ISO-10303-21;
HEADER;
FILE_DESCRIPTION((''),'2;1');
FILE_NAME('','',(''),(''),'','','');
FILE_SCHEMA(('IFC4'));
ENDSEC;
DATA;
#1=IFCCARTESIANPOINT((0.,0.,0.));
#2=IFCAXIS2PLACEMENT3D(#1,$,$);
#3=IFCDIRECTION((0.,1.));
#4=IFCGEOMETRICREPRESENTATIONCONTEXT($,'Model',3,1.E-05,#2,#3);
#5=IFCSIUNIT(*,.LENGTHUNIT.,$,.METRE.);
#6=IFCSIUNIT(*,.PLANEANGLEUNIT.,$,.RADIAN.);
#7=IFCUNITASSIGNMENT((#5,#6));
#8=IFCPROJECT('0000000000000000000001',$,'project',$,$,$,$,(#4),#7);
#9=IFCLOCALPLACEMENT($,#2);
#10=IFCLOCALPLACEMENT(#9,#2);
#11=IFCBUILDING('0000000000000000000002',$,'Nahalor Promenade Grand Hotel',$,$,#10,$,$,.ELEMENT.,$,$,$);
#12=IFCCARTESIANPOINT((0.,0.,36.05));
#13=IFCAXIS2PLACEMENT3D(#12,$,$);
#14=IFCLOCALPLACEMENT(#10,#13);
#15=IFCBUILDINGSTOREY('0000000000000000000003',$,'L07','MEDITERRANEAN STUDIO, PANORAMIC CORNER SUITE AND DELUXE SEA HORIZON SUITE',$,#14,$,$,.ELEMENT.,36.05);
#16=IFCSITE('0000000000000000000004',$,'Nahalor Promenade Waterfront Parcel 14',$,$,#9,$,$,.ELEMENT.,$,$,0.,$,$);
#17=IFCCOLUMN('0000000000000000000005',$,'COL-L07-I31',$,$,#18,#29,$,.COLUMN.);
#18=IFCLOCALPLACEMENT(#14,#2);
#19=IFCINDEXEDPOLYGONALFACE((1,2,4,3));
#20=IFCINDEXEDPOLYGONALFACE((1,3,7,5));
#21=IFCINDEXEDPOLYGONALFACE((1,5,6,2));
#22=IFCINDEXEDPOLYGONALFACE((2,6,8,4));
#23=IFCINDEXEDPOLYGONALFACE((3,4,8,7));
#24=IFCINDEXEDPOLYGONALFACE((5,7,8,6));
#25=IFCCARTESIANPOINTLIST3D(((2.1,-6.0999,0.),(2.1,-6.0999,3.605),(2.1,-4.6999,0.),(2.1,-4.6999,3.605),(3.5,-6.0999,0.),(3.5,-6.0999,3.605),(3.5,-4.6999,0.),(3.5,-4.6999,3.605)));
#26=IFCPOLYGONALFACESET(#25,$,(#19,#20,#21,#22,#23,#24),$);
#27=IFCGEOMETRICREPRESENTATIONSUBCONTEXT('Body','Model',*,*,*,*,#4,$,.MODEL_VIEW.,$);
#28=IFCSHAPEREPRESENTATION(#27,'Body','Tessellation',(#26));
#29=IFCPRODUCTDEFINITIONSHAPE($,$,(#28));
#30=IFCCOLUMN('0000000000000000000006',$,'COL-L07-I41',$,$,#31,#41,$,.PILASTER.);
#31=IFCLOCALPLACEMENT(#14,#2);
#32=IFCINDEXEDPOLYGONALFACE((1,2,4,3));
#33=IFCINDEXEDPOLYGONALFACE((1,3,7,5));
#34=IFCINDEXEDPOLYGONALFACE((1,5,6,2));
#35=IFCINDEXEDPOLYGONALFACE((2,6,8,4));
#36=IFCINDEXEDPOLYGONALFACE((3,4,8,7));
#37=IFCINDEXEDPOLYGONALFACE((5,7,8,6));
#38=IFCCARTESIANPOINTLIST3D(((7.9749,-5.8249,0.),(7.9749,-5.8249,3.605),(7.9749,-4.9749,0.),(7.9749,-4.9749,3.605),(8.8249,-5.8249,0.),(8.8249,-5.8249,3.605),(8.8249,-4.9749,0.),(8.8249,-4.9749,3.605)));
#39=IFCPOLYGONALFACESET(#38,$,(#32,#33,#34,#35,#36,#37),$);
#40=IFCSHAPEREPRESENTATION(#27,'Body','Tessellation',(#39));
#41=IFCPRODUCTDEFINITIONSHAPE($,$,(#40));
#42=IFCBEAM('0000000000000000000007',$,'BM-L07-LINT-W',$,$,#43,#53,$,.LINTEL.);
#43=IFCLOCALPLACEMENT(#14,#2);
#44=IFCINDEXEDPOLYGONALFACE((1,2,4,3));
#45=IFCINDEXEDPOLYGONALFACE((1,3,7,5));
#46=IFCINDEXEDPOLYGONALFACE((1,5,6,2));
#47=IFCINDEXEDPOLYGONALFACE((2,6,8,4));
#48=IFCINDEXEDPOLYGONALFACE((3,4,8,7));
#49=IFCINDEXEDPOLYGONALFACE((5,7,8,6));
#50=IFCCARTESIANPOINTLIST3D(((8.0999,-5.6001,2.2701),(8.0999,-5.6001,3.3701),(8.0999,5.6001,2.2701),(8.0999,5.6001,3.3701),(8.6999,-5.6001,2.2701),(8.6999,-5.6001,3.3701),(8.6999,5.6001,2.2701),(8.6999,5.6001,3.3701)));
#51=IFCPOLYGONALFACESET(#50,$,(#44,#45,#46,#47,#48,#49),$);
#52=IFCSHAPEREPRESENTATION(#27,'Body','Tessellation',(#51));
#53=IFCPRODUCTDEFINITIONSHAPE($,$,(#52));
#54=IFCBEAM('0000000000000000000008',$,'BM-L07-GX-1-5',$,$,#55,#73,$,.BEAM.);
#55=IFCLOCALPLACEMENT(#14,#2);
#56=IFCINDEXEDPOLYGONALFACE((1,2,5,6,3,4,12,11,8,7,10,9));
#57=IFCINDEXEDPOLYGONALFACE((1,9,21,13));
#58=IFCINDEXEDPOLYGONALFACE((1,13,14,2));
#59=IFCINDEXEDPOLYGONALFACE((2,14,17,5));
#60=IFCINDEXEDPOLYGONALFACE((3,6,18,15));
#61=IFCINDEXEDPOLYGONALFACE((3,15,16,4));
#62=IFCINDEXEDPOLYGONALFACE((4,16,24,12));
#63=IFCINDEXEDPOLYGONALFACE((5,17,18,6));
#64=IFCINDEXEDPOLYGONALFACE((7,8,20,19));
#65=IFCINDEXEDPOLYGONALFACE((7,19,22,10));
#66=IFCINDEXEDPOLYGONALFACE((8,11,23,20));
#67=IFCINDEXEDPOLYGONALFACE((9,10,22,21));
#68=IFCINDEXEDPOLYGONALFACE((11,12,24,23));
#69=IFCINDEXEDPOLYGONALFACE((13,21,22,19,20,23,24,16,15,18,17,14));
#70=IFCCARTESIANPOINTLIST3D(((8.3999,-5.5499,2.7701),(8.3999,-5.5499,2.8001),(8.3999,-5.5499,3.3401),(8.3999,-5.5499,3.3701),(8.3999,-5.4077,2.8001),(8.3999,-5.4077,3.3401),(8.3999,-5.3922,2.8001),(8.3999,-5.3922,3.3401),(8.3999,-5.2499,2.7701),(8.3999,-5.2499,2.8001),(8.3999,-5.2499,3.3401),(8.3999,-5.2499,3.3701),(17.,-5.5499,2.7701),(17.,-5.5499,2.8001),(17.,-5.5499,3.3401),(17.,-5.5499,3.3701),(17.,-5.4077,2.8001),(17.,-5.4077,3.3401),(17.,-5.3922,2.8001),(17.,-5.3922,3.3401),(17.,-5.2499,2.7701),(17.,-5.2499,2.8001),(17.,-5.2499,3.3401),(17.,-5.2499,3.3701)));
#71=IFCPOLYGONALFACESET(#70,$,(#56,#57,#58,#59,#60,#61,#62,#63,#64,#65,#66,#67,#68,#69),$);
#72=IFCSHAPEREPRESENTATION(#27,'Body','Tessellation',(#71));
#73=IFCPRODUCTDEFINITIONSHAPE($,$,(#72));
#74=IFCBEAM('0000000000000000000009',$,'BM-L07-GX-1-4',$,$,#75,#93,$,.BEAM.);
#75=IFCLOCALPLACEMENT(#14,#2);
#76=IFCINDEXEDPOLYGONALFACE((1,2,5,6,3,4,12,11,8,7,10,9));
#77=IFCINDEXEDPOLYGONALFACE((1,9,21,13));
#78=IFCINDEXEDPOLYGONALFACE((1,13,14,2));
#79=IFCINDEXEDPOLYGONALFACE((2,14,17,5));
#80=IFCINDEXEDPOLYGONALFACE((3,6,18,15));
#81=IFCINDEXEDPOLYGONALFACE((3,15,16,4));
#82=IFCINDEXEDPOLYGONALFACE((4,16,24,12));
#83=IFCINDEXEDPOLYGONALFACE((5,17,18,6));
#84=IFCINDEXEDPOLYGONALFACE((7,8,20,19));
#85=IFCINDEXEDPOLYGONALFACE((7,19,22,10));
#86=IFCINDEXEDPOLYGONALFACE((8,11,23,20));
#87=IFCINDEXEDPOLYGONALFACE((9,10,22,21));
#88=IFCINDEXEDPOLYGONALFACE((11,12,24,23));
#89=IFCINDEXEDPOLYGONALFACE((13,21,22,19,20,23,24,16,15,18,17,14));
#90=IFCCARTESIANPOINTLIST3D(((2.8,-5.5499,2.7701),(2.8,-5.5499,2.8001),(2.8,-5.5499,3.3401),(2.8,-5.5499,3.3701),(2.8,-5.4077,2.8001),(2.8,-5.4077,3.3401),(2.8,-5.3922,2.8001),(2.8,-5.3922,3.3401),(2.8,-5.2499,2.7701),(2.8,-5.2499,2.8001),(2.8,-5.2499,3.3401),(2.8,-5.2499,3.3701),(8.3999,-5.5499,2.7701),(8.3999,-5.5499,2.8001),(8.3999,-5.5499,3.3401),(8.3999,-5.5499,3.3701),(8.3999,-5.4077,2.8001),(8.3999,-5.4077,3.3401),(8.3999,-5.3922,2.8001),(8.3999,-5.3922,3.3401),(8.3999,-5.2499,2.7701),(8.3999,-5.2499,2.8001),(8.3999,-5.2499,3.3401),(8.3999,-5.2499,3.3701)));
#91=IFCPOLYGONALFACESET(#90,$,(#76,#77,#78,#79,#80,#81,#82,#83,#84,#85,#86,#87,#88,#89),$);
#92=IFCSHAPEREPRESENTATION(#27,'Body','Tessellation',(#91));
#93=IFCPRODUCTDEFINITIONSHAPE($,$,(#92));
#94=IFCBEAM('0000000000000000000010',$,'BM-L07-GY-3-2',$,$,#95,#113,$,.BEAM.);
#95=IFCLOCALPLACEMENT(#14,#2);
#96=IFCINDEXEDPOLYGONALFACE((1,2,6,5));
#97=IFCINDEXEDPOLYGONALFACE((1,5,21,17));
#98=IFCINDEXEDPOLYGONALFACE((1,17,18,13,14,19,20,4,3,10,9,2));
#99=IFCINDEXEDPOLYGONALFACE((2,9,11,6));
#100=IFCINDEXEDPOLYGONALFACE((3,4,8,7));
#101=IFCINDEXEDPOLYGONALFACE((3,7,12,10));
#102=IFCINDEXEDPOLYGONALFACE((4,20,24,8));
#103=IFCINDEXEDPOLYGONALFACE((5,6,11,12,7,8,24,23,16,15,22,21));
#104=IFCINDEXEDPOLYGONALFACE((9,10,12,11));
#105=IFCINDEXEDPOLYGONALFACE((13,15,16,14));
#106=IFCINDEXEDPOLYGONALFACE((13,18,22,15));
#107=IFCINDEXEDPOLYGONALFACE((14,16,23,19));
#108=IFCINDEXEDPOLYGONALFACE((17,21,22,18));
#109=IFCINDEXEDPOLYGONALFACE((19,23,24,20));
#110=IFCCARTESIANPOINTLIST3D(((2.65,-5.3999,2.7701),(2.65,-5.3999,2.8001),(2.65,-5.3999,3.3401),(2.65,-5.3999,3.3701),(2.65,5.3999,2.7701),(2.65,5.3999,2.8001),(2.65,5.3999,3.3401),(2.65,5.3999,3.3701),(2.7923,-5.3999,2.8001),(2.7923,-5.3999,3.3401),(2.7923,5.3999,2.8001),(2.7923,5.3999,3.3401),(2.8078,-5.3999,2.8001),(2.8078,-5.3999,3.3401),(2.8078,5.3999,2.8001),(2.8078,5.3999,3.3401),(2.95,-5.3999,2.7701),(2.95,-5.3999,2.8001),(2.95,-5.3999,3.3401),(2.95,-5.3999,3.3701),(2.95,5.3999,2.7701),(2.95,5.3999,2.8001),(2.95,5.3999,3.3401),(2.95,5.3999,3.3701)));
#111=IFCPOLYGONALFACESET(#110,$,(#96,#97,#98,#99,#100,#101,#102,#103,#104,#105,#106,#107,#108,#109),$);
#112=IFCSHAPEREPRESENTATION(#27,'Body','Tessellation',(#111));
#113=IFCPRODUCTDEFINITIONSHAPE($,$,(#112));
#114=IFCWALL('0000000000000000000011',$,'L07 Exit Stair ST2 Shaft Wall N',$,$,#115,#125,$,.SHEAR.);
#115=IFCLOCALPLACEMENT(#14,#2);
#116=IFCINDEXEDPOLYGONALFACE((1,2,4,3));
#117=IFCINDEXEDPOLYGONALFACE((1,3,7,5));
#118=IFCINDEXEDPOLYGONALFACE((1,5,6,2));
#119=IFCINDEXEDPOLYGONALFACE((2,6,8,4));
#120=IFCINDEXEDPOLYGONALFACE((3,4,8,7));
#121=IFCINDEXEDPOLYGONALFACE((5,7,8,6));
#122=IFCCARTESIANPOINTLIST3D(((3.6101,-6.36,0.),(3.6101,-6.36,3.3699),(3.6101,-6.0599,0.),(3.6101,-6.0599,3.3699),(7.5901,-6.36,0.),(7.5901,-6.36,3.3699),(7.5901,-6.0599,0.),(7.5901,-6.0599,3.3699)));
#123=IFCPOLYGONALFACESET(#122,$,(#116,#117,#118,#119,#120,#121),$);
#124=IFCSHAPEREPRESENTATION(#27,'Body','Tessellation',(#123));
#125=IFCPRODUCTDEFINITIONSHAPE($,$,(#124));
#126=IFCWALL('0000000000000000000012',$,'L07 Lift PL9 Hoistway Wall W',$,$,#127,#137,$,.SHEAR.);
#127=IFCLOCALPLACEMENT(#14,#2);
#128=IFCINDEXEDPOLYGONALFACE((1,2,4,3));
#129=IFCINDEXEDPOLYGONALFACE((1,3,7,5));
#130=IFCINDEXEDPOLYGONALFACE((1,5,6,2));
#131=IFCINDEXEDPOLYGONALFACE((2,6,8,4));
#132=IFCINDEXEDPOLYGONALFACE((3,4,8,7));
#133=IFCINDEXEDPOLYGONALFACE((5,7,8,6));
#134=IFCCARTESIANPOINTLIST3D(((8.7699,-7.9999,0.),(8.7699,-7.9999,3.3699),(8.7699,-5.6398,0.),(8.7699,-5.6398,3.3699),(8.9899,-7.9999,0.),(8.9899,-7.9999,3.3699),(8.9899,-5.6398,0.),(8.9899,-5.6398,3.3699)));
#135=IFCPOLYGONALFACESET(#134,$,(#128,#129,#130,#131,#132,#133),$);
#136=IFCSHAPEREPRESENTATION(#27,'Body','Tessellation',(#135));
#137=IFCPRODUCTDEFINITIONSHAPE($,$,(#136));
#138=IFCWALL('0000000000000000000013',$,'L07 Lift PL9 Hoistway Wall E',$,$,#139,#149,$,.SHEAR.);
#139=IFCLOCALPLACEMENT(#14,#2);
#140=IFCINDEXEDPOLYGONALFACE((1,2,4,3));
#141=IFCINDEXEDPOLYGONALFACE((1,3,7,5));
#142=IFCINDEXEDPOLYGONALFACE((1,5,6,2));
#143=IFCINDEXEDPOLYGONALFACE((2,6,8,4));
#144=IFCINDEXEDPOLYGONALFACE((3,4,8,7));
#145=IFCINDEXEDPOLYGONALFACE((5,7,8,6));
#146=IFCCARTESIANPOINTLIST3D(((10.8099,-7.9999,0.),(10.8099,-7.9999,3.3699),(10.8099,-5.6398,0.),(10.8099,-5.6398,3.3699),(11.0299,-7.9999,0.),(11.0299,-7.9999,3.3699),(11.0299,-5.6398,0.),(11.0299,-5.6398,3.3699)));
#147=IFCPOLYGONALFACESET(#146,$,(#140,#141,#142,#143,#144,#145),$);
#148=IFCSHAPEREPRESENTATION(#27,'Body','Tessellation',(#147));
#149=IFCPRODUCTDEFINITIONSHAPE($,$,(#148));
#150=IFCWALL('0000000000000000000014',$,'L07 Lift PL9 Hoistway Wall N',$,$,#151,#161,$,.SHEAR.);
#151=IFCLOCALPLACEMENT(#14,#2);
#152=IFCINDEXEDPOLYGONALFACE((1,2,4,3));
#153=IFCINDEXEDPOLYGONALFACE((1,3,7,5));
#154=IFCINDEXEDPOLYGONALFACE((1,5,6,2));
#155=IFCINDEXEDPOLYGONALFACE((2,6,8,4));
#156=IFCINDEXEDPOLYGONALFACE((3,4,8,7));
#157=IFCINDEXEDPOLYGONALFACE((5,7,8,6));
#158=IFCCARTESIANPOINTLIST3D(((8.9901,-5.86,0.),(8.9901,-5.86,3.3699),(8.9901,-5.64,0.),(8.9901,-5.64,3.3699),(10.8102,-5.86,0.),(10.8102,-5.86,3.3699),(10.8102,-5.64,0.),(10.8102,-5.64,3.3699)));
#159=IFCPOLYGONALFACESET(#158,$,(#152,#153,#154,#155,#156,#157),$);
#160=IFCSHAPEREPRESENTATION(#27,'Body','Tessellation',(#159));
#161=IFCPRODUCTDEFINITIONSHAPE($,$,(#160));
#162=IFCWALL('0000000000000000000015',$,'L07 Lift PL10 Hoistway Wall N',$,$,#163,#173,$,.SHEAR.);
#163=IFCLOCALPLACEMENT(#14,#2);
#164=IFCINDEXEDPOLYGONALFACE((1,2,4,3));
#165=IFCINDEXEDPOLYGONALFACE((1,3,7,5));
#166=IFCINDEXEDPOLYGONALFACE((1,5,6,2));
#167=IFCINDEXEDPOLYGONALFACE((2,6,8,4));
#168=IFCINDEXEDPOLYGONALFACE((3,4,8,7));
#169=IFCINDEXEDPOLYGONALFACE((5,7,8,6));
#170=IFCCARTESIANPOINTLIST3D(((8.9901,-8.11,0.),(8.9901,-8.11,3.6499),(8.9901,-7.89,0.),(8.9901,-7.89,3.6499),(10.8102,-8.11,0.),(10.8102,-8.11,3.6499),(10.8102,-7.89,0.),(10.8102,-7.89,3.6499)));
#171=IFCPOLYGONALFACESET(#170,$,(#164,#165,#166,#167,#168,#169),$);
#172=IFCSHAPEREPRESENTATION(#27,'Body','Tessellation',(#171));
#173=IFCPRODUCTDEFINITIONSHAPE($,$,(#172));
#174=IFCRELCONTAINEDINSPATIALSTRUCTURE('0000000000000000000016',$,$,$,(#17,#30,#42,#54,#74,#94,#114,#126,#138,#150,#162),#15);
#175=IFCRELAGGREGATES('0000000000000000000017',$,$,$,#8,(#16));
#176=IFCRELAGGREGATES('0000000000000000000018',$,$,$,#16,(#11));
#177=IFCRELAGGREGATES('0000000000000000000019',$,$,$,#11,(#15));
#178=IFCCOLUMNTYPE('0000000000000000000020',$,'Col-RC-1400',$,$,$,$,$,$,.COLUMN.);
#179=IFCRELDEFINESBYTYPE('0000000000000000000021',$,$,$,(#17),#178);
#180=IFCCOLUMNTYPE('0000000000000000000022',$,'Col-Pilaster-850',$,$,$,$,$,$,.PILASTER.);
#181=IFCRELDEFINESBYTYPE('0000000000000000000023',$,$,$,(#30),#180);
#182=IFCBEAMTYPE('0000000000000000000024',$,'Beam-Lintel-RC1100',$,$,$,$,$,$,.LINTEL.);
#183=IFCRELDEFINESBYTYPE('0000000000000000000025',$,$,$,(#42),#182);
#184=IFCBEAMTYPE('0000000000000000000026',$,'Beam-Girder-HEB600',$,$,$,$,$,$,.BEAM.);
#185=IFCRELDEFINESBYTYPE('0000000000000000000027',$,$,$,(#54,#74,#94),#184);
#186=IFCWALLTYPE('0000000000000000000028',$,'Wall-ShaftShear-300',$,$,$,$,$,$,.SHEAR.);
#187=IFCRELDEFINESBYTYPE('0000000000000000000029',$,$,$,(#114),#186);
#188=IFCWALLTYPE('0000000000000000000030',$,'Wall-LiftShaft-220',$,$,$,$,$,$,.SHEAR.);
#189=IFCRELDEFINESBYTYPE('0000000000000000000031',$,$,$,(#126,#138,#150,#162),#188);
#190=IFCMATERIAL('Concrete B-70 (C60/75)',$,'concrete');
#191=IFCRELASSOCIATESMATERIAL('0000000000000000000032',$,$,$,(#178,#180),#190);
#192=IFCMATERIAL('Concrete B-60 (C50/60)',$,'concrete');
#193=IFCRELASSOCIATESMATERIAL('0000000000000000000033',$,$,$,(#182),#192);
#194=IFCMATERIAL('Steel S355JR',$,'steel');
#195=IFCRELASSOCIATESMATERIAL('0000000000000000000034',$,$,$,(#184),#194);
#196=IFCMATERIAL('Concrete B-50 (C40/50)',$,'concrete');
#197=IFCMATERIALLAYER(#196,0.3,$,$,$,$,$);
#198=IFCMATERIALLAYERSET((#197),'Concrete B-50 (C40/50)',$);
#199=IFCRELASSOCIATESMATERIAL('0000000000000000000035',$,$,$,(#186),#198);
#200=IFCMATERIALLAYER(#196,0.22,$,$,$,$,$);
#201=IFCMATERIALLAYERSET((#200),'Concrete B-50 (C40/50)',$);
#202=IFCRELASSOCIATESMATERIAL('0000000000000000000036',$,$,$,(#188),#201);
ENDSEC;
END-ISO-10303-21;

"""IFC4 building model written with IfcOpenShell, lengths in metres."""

from ifc_helpers import new_model, si_unit, direction, frame, frame_2d, origin, origin_2d, place, context, subcontext, project, spatial, rectangle, i_section, extrude, source, transform, mapped, material, layer, layer_set, material_profile, profile_set, type_object, element, save


model = new_model("IFC4")

# Units and contexts
model_context = context("Model", 3, precision=1e-05, world=origin(), true_north=direction((0.0, 1.0)))
body_context = subcontext(model_context, "Body", "Model", "MODEL_VIEW")
ifc_project = project(units=[si_unit("LENGTHUNIT", "METRE"), si_unit("PLANEANGLEUNIT", "RADIAN")], contexts=[model_context])

# Site, building, storey
site_placement = place(None, origin())
site = spatial("IfcSite", under=ifc_project, at=site_placement, Name="Nahalor Promenade Waterfront Parcel 14", CompositionType="ELEMENT", RefElevation=0.0)
building_placement = place(site_placement, origin())
building = spatial("IfcBuilding", under=site, at=building_placement, Name="Nahalor Promenade Grand Hotel", CompositionType="ELEMENT")
storey_placement = place(building_placement, frame((0.0, 0.0, 36.05)))
storey = spatial("IfcBuildingStorey", under=building, at=storey_placement, Name="L07", Description="MEDITERRANEAN STUDIO, PANORAMIC CORNER SUITE AND DELUXE SEA HORIZON SUITE", CompositionType="ELEMENT", Elevation=36.05)

# Columns
ifc_material_1 = material(Name="Concrete B-70 (C60/75)", Category="concrete")
ifc_material_profile_1 = material_profile(ifc_material_1, rectangle(XDim=1.4, YDim=1.4, at=origin_2d()), Name="RC 1400x1400")
ifc_profile_set_1 = profile_set([ifc_material_profile_1], Name="Concrete B-70 (C60/75)")
column_type_1 = type_object("IfcColumnType", Name="Col-RC-1400", PredefinedType="COLUMN", material=ifc_profile_set_1)
shared_shape_1 = source(origin(), body_context, "Body", "SweptSolid", [
    extrude(rectangle(XDim=1.4, YDim=1.4, at=origin_2d()), origin(), (0.0, 0.0, 1.0), 3.605),
])
column_1_placement = place(storey_placement, frame((2.8, -5.3999, 0.0), z_axis=(0.0, 0.0, 1.0), x_axis=(1.0, 0.0, 0.0)))
element("IfcColumn", 1, at=column_1_placement, inside=storey, type_object=column_type_1, Name="COL-L07-I31", PredefinedType="COLUMN", context=body_context, shape_type="MappedRepresentation", body=[
    mapped(shared_shape_1, transform((0.0, 0.0, 0.0), scale=1.0)),
])
ifc_material_profile_2 = material_profile(ifc_material_1, rectangle(XDim=0.85, YDim=0.85, at=origin_2d()), Name="RC 850x850")
ifc_profile_set_2 = profile_set([ifc_material_profile_2], Name="Concrete B-70 (C60/75)")
column_type_2 = type_object("IfcColumnType", Name="Col-Pilaster-850", PredefinedType="PILASTER", material=ifc_profile_set_2)
shared_shape_2 = source(origin(), body_context, "Body", "SweptSolid", [
    extrude(rectangle(XDim=0.85, YDim=0.85, at=origin_2d()), origin(), (0.0, 0.0, 1.0), 3.605),
])
column_2_placement = place(storey_placement, frame((8.3999, -5.3999, 0.0), z_axis=(0.0, 0.0, 1.0), x_axis=(1.0, 0.0, 0.0)))
element("IfcColumn", 2, at=column_2_placement, inside=storey, type_object=column_type_2, Name="COL-L07-I41", PredefinedType="PILASTER", context=body_context, shape_type="MappedRepresentation", body=[
    mapped(shared_shape_2, transform((0.0, 0.0, 0.0), scale=1.0)),
])

# Beams
ifc_material_2 = material(Name="Concrete B-60 (C50/60)", Category="concrete")
ifc_material_profile_3 = material_profile(ifc_material_2, rectangle(XDim=0.6, YDim=1.1, at=origin_2d()), Name="RC 600x1100")
ifc_profile_set_3 = profile_set([ifc_material_profile_3], Name="Concrete B-60 (C50/60)")
beam_type_1 = type_object("IfcBeamType", Name="Beam-Lintel-RC1100", PredefinedType="LINTEL", material=ifc_profile_set_3)
shared_shape_3 = source(origin(), body_context, "Body", "SweptSolid", [
    extrude(rectangle(XDim=0.6, YDim=1.1, at=origin_2d()), origin(), (0.0, 0.0, 1.0), 11.2002),
])
beam_1_placement = place(storey_placement, frame((8.3999, -5.6001, 2.8201), z_axis=(0.0, 1.0, 0.0), x_axis=(-1.0, 0.0, 0.0)))
element("IfcBeam", 3, at=beam_1_placement, inside=storey, type_object=beam_type_1, Name="BM-L07-LINT-W", PredefinedType="LINTEL", context=body_context, shape_type="MappedRepresentation", body=[
    mapped(shared_shape_3, transform((0.0, 0.0, 0.0), scale=1.0)),
])
ifc_material_3 = material(Name="Steel S355JR", Category="steel")
ifc_material_profile_4 = material_profile(ifc_material_3, i_section(OverallWidth=0.3, OverallDepth=0.6, WebThickness=0.0155, FlangeThickness=0.03, at=origin_2d()), Name="HEB 600")
ifc_profile_set_4 = profile_set([ifc_material_profile_4], Name="Steel S355JR")
beam_type_2 = type_object("IfcBeamType", Name="Beam-Girder-HEB600", PredefinedType="BEAM", material=ifc_profile_set_4)
shared_shape_4 = source(origin(), body_context, "Body", "SweptSolid", [
    extrude(i_section(OverallWidth=0.3, OverallDepth=0.6, WebThickness=0.0155, FlangeThickness=0.03, at=origin_2d()), origin(), (0.0, 0.0, 1.0), 8.6001),
])
beam_2_placement = place(storey_placement, frame((8.3999, -5.3999, 3.0701), z_axis=(1.0, 0.0, 0.0), x_axis=(0.0, 1.0, 0.0)))
element("IfcBeam", 4, at=beam_2_placement, inside=storey, type_object=beam_type_2, Name="BM-L07-GX-1-5", PredefinedType="BEAM", context=body_context, shape_type="MappedRepresentation", body=[
    mapped(shared_shape_4, transform((0.0, 0.0, 0.0), scale=1.0)),
])
shared_shape_5 = source(origin(), body_context, "Body", "SweptSolid", [
    extrude(i_section(OverallWidth=0.3, OverallDepth=0.6, WebThickness=0.0155, FlangeThickness=0.03, at=origin_2d()), origin(), (0.0, 0.0, 1.0), 5.5999),
])
beam_3_placement = place(storey_placement, frame((2.8, -5.3999, 3.0701), z_axis=(1.0, 0.0, 0.0), x_axis=(0.0, 1.0, 0.0)))
element("IfcBeam", 5, at=beam_3_placement, inside=storey, type_object=beam_type_2, Name="BM-L07-GX-1-4", PredefinedType="BEAM", context=body_context, shape_type="MappedRepresentation", body=[
    mapped(shared_shape_5, transform((0.0, 0.0, 0.0), scale=1.0)),
])
shared_shape_6 = source(origin(), body_context, "Body", "SweptSolid", [
    extrude(i_section(OverallWidth=0.3, OverallDepth=0.6, WebThickness=0.0155, FlangeThickness=0.03, at=origin_2d()), origin(), (0.0, 0.0, 1.0), 10.7998),
])
beam_4_placement = place(storey_placement, frame((2.8, -5.3999, 3.0701), z_axis=(0.0, 1.0, 0.0), x_axis=(-1.0, 0.0, 0.0)))
element("IfcBeam", 6, at=beam_4_placement, inside=storey, type_object=beam_type_2, Name="BM-L07-GY-3-2", PredefinedType="BEAM", context=body_context, shape_type="MappedRepresentation", body=[
    mapped(shared_shape_6, transform((0.0, 0.0, 0.0), scale=1.0)),
])

# Walls
ifc_material_4 = material(Name="Concrete B-50 (C40/50)", Category="concrete")
ifc_layer_1 = layer(ifc_material_4, 0.3)
ifc_layer_set_1 = layer_set([ifc_layer_1], Name="Concrete B-50 (C40/50)")
wall_type_1 = type_object("IfcWallType", Name="Wall-ShaftShear-300", PredefinedType="SHEAR", material=ifc_layer_set_1)
shared_shape_7 = source(origin(), body_context, "Body", "SweptSolid", [
    extrude(rectangle(XDim=3.98, YDim=0.3, at=frame_2d((1.99, 0.0))), origin(), (0.0, 0.0, 1.0), 3.3699),
])
wall_1_placement = place(storey_placement, frame((3.6101, -6.21, 0.0), z_axis=(0.0, 0.0, 1.0), x_axis=(1.0, 0.0, 0.0)))
element("IfcWall", 7, at=wall_1_placement, inside=storey, type_object=wall_type_1, Name="L07 Exit Stair ST2 Shaft Wall N", PredefinedType="SHEAR", context=body_context, shape_type="MappedRepresentation", body=[
    mapped(shared_shape_7, transform((0.0, 0.0, 0.0), scale=1.0)),
])
ifc_layer_2 = layer(ifc_material_4, 0.22)
ifc_layer_set_2 = layer_set([ifc_layer_2], Name="Concrete B-50 (C40/50)")
wall_type_2 = type_object("IfcWallType", Name="Wall-LiftShaft-220", PredefinedType="SHEAR", material=ifc_layer_set_2)
shared_shape_8 = source(origin(), body_context, "Body", "SweptSolid", [
    extrude(rectangle(XDim=2.3601, YDim=0.22, at=frame_2d((1.1802, 0.0))), origin(), (0.0, 0.0, 1.0), 3.3699),
])
for number, where, z_axis, x_axis, name in (
    (8, (8.8799, -8.0, 0.0), (0.0, 0.0, 1.0), (0.0, 1.0, 0.0), "L07 Lift PL9 Hoistway Wall W"),
    (9, (10.9199, -8.0, 0.0), (0.0, 0.0, 1.0), (0.0, 1.0, 0.0), "L07 Lift PL9 Hoistway Wall E"),
):
    element("IfcWall", number, at=place(storey_placement, frame(where, z_axis=z_axis, x_axis=x_axis)), inside=storey, type_object=wall_type_2, Name=name, PredefinedType="SHEAR", context=body_context, shape_type="MappedRepresentation", body=[
        mapped(shared_shape_8, transform((0.0, 0.0, 0.0), scale=1.0)),
    ])
shared_shape_9 = source(origin(), body_context, "Body", "SweptSolid", [
    extrude(rectangle(XDim=1.8201, YDim=0.22, at=frame_2d((0.9102, 0.0))), origin(), (0.0, 0.0, 1.0), 3.3699),
])
wall_2_placement = place(storey_placement, frame((8.99, -5.75, 0.0), z_axis=(0.0, 0.0, 1.0), x_axis=(1.0, 0.0, 0.0)))
element("IfcWall", 10, at=wall_2_placement, inside=storey, type_object=wall_type_2, Name="L07 Lift PL9 Hoistway Wall N", PredefinedType="SHEAR", context=body_context, shape_type="MappedRepresentation", body=[
    mapped(shared_shape_9, transform((0.0, 0.0, 0.0), scale=1.0)),
])
shared_shape_10 = source(origin(), body_context, "Body", "SweptSolid", [
    extrude(rectangle(XDim=1.8201, YDim=0.22, at=frame_2d((0.9102, 0.0))), origin(), (0.0, 0.0, 1.0), 3.6499),
])
for number, where, z_axis, x_axis, name in (
    (11, (8.99, -8.0, 0.0), (0.0, 0.0, 1.0), (1.0, 0.0, 0.0), "L07 Lift PL10 Hoistway Wall N"),
):
    element("IfcWall", number, at=place(storey_placement, frame(where, z_axis=z_axis, x_axis=x_axis)), inside=storey, type_object=wall_type_2, Name=name, PredefinedType="SHEAR", context=body_context, shape_type="MappedRepresentation", body=[
        mapped(shared_shape_10, transform((0.0, 0.0, 0.0), scale=1.0)),
    ])

save(model, "model.ifc")
